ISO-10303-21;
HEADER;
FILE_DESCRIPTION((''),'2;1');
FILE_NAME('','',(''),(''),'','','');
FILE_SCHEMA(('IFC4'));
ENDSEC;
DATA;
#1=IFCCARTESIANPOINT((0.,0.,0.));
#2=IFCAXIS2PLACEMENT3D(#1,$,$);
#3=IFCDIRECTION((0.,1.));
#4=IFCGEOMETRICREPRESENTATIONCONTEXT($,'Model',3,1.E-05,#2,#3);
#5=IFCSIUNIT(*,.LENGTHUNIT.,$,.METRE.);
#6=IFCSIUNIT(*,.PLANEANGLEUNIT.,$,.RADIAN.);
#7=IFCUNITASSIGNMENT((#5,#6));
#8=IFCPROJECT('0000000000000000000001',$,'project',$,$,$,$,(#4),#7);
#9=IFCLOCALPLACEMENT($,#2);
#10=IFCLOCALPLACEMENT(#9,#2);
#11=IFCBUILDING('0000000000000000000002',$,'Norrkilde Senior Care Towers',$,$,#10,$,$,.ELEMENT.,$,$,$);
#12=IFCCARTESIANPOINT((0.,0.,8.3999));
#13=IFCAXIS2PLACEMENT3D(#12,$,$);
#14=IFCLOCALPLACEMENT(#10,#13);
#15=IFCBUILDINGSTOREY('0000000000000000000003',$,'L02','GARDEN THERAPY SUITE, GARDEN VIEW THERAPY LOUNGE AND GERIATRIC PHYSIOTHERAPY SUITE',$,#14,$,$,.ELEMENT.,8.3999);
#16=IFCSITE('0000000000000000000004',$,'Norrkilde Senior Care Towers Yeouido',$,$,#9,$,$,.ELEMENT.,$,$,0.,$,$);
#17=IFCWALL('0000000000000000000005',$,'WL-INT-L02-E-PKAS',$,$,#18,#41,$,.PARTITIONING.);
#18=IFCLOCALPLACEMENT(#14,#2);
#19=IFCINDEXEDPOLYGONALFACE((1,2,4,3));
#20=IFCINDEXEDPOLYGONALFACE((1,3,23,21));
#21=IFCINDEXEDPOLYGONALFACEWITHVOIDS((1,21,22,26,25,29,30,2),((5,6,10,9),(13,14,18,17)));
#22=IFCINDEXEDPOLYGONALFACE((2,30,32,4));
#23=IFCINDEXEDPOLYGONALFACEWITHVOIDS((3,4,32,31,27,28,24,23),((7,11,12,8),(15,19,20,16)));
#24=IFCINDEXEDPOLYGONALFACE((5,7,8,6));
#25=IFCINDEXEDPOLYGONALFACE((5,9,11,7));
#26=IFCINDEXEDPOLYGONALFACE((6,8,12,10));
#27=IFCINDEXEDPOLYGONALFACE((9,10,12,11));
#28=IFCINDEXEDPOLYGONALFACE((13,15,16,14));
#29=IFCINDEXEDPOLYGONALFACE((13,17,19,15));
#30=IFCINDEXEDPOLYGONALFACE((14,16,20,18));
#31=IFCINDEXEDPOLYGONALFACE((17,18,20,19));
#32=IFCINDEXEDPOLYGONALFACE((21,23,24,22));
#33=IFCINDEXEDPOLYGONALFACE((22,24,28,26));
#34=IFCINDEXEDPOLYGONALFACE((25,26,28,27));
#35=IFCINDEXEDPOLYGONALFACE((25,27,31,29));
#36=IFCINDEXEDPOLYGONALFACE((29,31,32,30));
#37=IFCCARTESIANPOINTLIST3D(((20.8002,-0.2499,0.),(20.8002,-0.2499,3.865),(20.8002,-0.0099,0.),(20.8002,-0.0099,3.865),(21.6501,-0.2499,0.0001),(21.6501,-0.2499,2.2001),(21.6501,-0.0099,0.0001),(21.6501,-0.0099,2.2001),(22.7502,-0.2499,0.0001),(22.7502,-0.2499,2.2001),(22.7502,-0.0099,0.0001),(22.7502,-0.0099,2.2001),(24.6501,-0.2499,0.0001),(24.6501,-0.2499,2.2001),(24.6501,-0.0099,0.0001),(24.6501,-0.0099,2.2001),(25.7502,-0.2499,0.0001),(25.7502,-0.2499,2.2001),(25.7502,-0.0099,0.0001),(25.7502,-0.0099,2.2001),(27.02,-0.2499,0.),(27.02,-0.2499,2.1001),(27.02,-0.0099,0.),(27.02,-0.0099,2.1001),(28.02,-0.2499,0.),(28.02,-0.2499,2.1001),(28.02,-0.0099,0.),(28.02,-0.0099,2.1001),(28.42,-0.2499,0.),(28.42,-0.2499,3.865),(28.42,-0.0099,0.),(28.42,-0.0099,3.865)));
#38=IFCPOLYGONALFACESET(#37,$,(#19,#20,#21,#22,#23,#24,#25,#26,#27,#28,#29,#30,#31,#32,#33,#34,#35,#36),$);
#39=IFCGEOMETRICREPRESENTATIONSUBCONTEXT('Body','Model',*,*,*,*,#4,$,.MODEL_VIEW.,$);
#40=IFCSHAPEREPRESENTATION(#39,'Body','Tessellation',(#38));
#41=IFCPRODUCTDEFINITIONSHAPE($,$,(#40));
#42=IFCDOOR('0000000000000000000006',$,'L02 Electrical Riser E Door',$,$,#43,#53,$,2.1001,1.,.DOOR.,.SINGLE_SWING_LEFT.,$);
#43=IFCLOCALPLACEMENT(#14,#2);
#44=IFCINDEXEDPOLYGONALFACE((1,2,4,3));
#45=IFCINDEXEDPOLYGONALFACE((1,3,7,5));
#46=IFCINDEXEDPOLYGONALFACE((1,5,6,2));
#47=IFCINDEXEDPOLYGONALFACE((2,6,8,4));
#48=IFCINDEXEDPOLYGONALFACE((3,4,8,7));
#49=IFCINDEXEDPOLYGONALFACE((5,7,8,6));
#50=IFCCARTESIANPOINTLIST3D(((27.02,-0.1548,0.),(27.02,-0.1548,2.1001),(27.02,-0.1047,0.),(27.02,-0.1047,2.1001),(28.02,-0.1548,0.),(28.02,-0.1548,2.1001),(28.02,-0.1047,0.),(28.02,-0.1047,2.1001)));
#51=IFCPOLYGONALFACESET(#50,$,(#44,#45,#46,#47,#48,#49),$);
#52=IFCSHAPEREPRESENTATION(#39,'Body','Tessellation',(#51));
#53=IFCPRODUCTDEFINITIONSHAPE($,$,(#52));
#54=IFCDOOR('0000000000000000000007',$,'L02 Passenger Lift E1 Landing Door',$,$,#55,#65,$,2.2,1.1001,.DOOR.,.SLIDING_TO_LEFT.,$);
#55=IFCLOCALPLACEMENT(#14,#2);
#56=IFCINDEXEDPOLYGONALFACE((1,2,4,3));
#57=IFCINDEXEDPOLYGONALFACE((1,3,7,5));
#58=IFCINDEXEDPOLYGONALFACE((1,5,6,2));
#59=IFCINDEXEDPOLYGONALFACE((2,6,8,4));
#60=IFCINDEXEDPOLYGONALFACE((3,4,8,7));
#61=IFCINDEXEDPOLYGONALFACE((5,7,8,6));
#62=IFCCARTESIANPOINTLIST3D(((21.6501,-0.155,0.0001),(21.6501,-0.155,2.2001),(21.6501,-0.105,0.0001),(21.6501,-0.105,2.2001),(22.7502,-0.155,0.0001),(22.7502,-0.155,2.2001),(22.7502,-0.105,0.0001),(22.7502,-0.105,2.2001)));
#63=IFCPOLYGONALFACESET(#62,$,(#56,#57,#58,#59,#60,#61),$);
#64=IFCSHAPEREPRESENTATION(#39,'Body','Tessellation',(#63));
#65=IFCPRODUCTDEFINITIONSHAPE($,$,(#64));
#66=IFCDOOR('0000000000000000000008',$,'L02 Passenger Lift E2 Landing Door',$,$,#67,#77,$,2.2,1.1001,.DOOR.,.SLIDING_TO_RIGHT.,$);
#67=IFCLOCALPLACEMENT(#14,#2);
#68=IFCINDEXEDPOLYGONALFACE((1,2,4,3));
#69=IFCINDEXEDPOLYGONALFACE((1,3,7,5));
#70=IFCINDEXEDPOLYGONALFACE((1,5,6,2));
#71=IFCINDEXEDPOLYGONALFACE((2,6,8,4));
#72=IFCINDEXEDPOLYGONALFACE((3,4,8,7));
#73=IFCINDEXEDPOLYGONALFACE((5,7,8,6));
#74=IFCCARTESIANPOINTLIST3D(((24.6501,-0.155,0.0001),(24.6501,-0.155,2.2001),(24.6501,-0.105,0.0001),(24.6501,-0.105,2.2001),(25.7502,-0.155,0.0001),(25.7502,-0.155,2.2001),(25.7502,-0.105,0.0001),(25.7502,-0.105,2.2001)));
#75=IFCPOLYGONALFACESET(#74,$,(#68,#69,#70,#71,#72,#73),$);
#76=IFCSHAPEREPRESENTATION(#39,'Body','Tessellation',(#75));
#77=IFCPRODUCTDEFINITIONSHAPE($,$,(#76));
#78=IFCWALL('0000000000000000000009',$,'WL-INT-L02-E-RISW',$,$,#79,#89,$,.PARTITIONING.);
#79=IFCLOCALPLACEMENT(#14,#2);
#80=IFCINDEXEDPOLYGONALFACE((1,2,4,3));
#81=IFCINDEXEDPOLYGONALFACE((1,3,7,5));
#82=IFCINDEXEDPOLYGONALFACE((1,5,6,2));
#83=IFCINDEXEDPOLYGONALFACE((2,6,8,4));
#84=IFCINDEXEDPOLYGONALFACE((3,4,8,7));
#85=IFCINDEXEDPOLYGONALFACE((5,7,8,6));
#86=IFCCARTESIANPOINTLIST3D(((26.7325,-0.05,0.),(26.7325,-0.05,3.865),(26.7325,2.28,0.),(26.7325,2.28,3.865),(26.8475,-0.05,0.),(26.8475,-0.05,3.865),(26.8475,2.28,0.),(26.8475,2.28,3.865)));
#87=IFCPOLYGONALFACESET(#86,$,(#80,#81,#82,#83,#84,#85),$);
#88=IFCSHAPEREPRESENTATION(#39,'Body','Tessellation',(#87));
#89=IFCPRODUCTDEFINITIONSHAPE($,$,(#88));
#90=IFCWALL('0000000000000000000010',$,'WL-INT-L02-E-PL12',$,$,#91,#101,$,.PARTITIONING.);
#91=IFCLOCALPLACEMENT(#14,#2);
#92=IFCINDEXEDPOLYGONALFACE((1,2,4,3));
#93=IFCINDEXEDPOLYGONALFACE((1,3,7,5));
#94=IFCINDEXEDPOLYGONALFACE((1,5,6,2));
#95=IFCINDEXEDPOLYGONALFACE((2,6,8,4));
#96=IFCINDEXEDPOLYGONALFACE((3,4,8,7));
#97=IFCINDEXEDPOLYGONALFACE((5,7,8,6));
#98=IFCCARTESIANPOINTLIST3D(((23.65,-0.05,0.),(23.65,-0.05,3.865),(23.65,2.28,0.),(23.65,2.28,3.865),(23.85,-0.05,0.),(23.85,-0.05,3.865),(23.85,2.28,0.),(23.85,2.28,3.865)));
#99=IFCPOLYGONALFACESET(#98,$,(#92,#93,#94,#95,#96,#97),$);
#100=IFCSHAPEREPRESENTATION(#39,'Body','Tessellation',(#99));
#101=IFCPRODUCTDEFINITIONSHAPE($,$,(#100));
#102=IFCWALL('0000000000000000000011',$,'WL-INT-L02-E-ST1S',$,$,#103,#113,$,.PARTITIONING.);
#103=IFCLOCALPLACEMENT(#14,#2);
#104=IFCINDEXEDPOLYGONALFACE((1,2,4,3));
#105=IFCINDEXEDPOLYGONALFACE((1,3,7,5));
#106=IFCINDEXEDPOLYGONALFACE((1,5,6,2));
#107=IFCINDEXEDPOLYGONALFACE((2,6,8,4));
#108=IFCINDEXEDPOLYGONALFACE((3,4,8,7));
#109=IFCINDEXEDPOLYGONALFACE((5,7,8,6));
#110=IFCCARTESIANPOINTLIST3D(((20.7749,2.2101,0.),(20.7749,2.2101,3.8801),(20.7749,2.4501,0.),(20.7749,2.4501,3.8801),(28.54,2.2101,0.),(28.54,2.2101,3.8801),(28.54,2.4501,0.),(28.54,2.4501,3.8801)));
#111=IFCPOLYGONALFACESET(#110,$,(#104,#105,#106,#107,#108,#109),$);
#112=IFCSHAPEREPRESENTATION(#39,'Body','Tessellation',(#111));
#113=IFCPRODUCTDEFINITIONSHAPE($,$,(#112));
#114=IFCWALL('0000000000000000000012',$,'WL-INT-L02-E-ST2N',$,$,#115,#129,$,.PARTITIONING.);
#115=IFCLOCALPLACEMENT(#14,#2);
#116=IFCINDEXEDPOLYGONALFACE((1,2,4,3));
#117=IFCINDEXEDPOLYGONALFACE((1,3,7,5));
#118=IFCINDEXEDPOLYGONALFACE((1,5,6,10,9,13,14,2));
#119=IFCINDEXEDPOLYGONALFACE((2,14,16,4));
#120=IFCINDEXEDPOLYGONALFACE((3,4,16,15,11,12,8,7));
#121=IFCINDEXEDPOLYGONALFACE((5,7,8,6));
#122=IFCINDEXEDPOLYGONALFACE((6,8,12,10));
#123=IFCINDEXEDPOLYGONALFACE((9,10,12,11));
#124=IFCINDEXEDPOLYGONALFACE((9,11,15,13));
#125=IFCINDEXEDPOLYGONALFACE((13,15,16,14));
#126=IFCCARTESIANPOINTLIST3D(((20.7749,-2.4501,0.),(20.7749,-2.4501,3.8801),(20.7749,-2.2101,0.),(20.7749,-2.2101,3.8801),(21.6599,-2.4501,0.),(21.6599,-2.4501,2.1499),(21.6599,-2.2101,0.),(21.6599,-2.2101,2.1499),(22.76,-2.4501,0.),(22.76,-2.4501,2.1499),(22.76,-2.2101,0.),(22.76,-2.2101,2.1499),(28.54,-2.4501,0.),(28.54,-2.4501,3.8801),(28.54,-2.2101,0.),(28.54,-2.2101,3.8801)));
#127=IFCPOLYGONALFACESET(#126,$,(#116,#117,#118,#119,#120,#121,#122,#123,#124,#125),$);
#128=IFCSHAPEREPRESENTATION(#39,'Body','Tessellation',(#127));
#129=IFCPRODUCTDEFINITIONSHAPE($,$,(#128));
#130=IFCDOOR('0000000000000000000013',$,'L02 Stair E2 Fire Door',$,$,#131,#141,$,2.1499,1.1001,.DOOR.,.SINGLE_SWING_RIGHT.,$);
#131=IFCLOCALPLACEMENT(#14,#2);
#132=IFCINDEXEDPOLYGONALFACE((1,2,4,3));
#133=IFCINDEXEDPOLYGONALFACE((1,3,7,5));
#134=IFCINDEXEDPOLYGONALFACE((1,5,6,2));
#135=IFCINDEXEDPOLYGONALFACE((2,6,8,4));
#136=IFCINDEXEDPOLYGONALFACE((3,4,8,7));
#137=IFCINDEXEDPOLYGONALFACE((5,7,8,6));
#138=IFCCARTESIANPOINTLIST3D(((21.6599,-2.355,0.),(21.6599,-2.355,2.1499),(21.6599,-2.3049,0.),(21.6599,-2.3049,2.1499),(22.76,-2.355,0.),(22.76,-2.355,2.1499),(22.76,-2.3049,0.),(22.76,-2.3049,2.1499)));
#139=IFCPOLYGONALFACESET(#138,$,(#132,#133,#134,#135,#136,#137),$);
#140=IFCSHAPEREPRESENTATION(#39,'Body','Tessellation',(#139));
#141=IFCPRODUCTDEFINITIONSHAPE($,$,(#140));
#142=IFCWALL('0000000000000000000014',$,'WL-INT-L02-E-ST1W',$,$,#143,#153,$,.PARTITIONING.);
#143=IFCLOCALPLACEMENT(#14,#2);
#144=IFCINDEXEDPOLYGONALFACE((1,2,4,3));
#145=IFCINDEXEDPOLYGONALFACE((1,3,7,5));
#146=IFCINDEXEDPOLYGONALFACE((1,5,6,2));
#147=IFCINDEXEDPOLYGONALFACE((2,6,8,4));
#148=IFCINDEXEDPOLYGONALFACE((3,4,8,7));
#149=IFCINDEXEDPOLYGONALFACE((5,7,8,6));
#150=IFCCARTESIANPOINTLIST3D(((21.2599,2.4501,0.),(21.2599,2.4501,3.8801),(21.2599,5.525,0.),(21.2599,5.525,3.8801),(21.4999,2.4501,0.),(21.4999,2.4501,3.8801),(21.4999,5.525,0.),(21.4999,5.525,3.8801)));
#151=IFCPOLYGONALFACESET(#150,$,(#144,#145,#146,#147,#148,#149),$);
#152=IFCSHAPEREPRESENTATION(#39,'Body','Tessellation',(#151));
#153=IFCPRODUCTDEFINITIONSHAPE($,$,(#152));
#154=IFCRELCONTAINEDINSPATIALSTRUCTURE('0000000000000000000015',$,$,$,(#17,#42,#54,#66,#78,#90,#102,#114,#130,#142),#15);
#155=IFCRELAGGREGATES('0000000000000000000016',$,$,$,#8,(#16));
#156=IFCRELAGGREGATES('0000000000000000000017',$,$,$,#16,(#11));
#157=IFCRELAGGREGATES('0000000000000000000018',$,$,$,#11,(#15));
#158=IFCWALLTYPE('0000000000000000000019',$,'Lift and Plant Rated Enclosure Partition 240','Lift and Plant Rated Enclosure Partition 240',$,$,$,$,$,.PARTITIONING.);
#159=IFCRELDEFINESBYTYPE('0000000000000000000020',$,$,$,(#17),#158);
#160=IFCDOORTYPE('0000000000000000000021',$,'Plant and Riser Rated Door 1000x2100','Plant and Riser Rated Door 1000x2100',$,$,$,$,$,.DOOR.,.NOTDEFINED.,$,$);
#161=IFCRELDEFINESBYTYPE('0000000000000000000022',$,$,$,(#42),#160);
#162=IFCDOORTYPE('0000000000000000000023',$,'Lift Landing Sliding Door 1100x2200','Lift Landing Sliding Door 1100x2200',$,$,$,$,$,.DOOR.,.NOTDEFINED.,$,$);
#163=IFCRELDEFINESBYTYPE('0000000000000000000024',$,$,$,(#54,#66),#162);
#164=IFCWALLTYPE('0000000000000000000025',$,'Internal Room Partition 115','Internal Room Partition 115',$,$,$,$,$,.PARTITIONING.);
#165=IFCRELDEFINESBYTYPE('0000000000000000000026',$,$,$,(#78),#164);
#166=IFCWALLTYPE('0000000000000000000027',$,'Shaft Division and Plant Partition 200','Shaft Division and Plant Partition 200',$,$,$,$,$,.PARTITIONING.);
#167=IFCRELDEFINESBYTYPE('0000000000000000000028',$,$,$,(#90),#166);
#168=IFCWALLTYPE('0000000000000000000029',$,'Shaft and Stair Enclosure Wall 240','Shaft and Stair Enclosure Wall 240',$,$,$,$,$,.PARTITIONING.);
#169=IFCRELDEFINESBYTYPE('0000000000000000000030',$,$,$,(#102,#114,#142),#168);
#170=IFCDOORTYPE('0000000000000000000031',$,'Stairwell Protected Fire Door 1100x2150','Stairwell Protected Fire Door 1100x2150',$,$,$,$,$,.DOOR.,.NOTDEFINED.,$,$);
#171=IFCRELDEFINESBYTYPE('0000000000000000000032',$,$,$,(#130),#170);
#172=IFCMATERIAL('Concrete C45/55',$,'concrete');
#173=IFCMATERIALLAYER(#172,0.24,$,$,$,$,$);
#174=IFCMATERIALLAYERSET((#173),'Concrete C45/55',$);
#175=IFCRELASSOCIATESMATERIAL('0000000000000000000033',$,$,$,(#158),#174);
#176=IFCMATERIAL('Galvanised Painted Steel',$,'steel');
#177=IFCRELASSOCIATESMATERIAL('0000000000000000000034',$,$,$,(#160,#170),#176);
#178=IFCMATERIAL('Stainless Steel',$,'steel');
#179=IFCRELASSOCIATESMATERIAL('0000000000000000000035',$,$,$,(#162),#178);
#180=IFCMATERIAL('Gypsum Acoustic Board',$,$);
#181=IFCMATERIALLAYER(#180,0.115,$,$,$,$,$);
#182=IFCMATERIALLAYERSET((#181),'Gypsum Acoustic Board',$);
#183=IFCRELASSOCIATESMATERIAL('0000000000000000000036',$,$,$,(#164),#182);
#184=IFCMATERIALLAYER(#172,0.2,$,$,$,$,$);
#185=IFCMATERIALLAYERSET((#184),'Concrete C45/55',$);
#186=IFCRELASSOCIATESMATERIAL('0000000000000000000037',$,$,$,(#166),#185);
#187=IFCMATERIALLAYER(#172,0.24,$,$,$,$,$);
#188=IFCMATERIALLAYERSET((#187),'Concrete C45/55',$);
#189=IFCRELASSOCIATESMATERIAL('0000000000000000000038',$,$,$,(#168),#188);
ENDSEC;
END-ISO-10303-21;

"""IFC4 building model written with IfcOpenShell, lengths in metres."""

from ifc_helpers import new_model, si_unit, direction, frame, frame_2d, origin, place, context, subcontext, project, spatial, rectangle, extrude, source, transform, mapped, material, layer, layer_set, type_object, type_shapes, element, fill, save


model = new_model("IFC4")

# Units and contexts
model_context = context("Model", 3, precision=1e-05, world=origin(), true_north=direction((0.0, 1.0)))
body_context = subcontext(model_context, "Body", "Model", "MODEL_VIEW")
ifc_project = project(units=[si_unit("LENGTHUNIT", "METRE"), si_unit("PLANEANGLEUNIT", "RADIAN")], contexts=[model_context])

# Site, building, storey
site_placement = place(None, origin())
site = spatial("IfcSite", under=ifc_project, at=site_placement, Name="Norrkilde Senior Care Towers Yeouido", CompositionType="ELEMENT", RefElevation=0.0)
building_placement = place(site_placement, origin())
building = spatial("IfcBuilding", under=site, at=building_placement, Name="Norrkilde Senior Care Towers", CompositionType="ELEMENT")
storey_placement = place(building_placement, frame((0.0, 0.0, 8.3999)))
storey = spatial("IfcBuildingStorey", under=building, at=storey_placement, Name="L02", Description="GARDEN THERAPY SUITE, GARDEN VIEW THERAPY LOUNGE AND GERIATRIC PHYSIOTHERAPY SUITE", CompositionType="ELEMENT", Elevation=8.3999)

# Wall, openings, doors
ifc_material_1 = material(Name="Concrete C45/55", Category="concrete")
ifc_layer_1 = layer(ifc_material_1, 0.24)
ifc_layer_set_1 = layer_set([ifc_layer_1], Name="Concrete C45/55")
wall_type_1 = type_object("IfcWallType", Name="Lift and Plant Rated Enclosure Partition 240", Description="Lift and Plant Rated Enclosure Partition 240", PredefinedType="PARTITIONING", material=ifc_layer_set_1)
shared_shape_1 = source(origin(), body_context, "Body", "SweptSolid", [
    extrude(rectangle(XDim=7.6199, YDim=0.24, at=frame_2d((3.8101, 0.0))), origin(), (0.0, 0.0, 1.0), 3.865),
])
type_shapes(wall_type_1, [shared_shape_1])
wall_1_placement = place(storey_placement, frame((20.8, -0.1299, 0.0), z_axis=(0.0, 0.0, 1.0), x_axis=(1.0, 0.0, 0.0)))
wall_1 = element("IfcWall", 1, at=wall_1_placement, inside=storey, type_object=wall_type_1, Name="WL-INT-L02-E-PKAS", PredefinedType="PARTITIONING", context=body_context, shape_type="MappedRepresentation", body=[
    mapped(shared_shape_1, transform((0.0, 0.0, 0.0), x_axis=(1.0, 0.0, 0.0), y_axis=(0.0, 1.0, 0.0), z_axis=(0.0, 0.0, 1.0), scale=1.0)),
])
opening_1_placement = place(wall_1_placement, frame((6.22, 0.0, 0.0)))
opening_1 = element("IfcOpeningElement", 2, at=opening_1_placement, cuts=wall_1, PredefinedType="OPENING", context=body_context, shape_type="SweptSolid", body=[
    extrude(rectangle(XDim=1.0, YDim=2.1001, at=frame_2d((0.5, 1.05))), frame((0.0, 0.1299, 0.0), z_axis=(0.0, -1.0, 0.0), x_axis=(1.0, 0.0, 0.0)), (0.0, 0.0, 1.0), 0.26),
])
opening_2_placement = place(wall_1_placement, frame((0.8501, 0.0, 0.0)))
opening_2 = element("IfcOpeningElement", 3, at=opening_2_placement, cuts=wall_1, PredefinedType="OPENING", context=body_context, shape_type="SweptSolid", body=[
    extrude(rectangle(XDim=1.1001, YDim=2.2, at=frame_2d((0.55, 1.1001))), frame((0.0, 0.1299, 0.0), z_axis=(0.0, -1.0, 0.0), x_axis=(1.0, 0.0, 0.0)), (0.0, 0.0, 1.0), 0.26),
])
opening_3_placement = place(wall_1_placement, frame((3.8501, 0.0, 0.0)))
opening_3 = element("IfcOpeningElement", 4, at=opening_3_placement, cuts=wall_1, PredefinedType="OPENING", context=body_context, shape_type="SweptSolid", body=[
    extrude(rectangle(XDim=1.1001, YDim=2.2, at=frame_2d((0.55, 1.1001))), frame((0.0, 0.1299, 0.0), z_axis=(0.0, -1.0, 0.0), x_axis=(1.0, 0.0, 0.0)), (0.0, 0.0, 1.0), 0.26),
])
ifc_material_2 = material(Name="Galvanised Painted Steel", Category="steel")
door_type_1 = type_object("IfcDoorType", Name="Plant and Riser Rated Door 1000x2100", Description="Plant and Riser Rated Door 1000x2100", OperationType="NOTDEFINED", PredefinedType="DOOR", material=ifc_material_2)
shared_shape_2 = source(origin(), body_context, "Body", "SweptSolid", [
    extrude(rectangle(XDim=1.0, YDim=2.1001, at=frame_2d((0.5, 1.05))), frame((0.0, 0.0249, 0.0), z_axis=(0.0, -1.0, 0.0), x_axis=(1.0, 0.0, 0.0)), (0.0, 0.0, 1.0), 0.05),
])
type_shapes(door_type_1, [shared_shape_2])
door_1_placement = place(opening_1_placement, frame((1.0, 0.0, 0.0), z_axis=(0.0, 0.0, 1.0), x_axis=(-1.0, 0.0, 0.0)))
door_1 = element("IfcDoor", 5, at=door_1_placement, inside=storey, type_object=door_type_1, Name="L02 Electrical Riser E Door", OperationType="SINGLE_SWING_LEFT", OverallHeight=2.1001, OverallWidth=1.0, PredefinedType="DOOR", context=body_context, shape_type="MappedRepresentation", body=[
    mapped(shared_shape_2, transform((0.0, 0.0, 0.0), x_axis=(1.0, 0.0, 0.0), y_axis=(0.0, 1.0, 0.0), z_axis=(0.0, 0.0, 1.0), scale=1.0)),
])
fill(opening_1, door_1)
ifc_material_3 = material(Name="Stainless Steel", Category="steel")
door_type_2 = type_object("IfcDoorType", Name="Lift Landing Sliding Door 1100x2200", Description="Lift Landing Sliding Door 1100x2200", OperationType="NOTDEFINED", PredefinedType="DOOR", material=ifc_material_3)
shared_shape_3 = source(origin(), body_context, "Body", "SweptSolid", [
    extrude(rectangle(XDim=1.1001, YDim=2.2, at=frame_2d((0.55, 1.1001))), frame((0.0, 0.0249, 0.0), z_axis=(0.0, -1.0, 0.0), x_axis=(1.0, 0.0, 0.0)), (0.0, 0.0, 1.0), 0.05),
])
type_shapes(door_type_2, [shared_shape_3])
door_2_placement = place(opening_2_placement, origin())
door_2 = element("IfcDoor", 6, at=door_2_placement, inside=storey, type_object=door_type_2, Name="L02 Passenger Lift E1 Landing Door", OperationType="SLIDING_TO_LEFT", OverallHeight=2.2, OverallWidth=1.1001, PredefinedType="DOOR", context=body_context, shape_type="MappedRepresentation", body=[
    mapped(shared_shape_3, transform((0.0, 0.0, 0.0), x_axis=(1.0, 0.0, 0.0), y_axis=(0.0, 1.0, 0.0), z_axis=(0.0, 0.0, 1.0), scale=1.0)),
])
fill(opening_2, door_2)
door_3_placement = place(opening_3_placement, origin())
door_3 = element("IfcDoor", 7, at=door_3_placement, inside=storey, type_object=door_type_2, Name="L02 Passenger Lift E2 Landing Door", OperationType="SLIDING_TO_RIGHT", OverallHeight=2.2, OverallWidth=1.1001, PredefinedType="DOOR", context=body_context, shape_type="MappedRepresentation", body=[
    mapped(shared_shape_3, transform((0.0, 0.0, 0.0), x_axis=(1.0, 0.0, 0.0), y_axis=(0.0, 1.0, 0.0), z_axis=(0.0, 0.0, 1.0), scale=1.0)),
])
fill(opening_3, door_3)

# Walls
ifc_material_4 = material(Name="Gypsum Acoustic Board")
ifc_layer_2 = layer(ifc_material_4, 0.115)
ifc_layer_set_2 = layer_set([ifc_layer_2], Name="Gypsum Acoustic Board")
wall_type_2 = type_object("IfcWallType", Name="Internal Room Partition 115", Description="Internal Room Partition 115", PredefinedType="PARTITIONING", material=ifc_layer_set_2)
shared_shape_4 = source(origin(), body_context, "Body", "SweptSolid", [
    extrude(rectangle(XDim=2.3301, YDim=0.115, at=frame_2d((1.165, 0.0))), origin(), (0.0, 0.0, 1.0), 3.865),
])
type_shapes(wall_type_2, [shared_shape_4])
wall_2_placement = place(storey_placement, frame((26.79, -0.05, 0.0), z_axis=(0.0, 0.0, 1.0), x_axis=(0.0, 1.0, 0.0)))
element("IfcWall", 8, at=wall_2_placement, inside=storey, type_object=wall_type_2, Name="WL-INT-L02-E-RISW", PredefinedType="PARTITIONING", context=body_context, shape_type="MappedRepresentation", body=[
    mapped(shared_shape_4, transform((0.0, 0.0, 0.0), x_axis=(1.0, 0.0, 0.0), y_axis=(0.0, 1.0, 0.0), z_axis=(0.0, 0.0, 1.0), scale=1.0)),
])
ifc_layer_3 = layer(ifc_material_1, 0.2)
ifc_layer_set_3 = layer_set([ifc_layer_3], Name="Concrete C45/55")
wall_type_3 = type_object("IfcWallType", Name="Shaft Division and Plant Partition 200", Description="Shaft Division and Plant Partition 200", PredefinedType="PARTITIONING", material=ifc_layer_set_3)
shared_shape_5 = source(origin(), body_context, "Body", "SweptSolid", [
    extrude(rectangle(XDim=2.3301, YDim=0.2, at=frame_2d((1.165, 0.0))), origin(), (0.0, 0.0, 1.0), 3.865),
])
type_shapes(wall_type_3, [shared_shape_5])
wall_3_placement = place(storey_placement, frame((23.75, -0.05, 0.0), z_axis=(0.0, 0.0, 1.0), x_axis=(0.0, 1.0, 0.0)))
element("IfcWall", 9, at=wall_3_placement, inside=storey, type_object=wall_type_3, Name="WL-INT-L02-E-PL12", PredefinedType="PARTITIONING", context=body_context, shape_type="MappedRepresentation", body=[
    mapped(shared_shape_5, transform((0.0, 0.0, 0.0), x_axis=(1.0, 0.0, 0.0), y_axis=(0.0, 1.0, 0.0), z_axis=(0.0, 0.0, 1.0), scale=1.0)),
])
ifc_layer_4 = layer(ifc_material_1, 0.24)
ifc_layer_set_4 = layer_set([ifc_layer_4], Name="Concrete C45/55")
wall_type_4 = type_object("IfcWallType", Name="Shaft and Stair Enclosure Wall 240", Description="Shaft and Stair Enclosure Wall 240", PredefinedType="PARTITIONING", material=ifc_layer_set_4)
shared_shape_6 = source(origin(), body_context, "Body", "SweptSolid", [
    extrude(rectangle(XDim=7.7651, YDim=0.24, at=frame_2d((3.8826, 0.0))), origin(), (0.0, 0.0, 1.0), 3.8801),
])
wall_4_placement = place(storey_placement, frame((20.7749, 2.3301, 0.0), z_axis=(0.0, 0.0, 1.0), x_axis=(1.0, 0.0, 0.0)))
element("IfcWall", 10, at=wall_4_placement, inside=storey, type_object=wall_type_4, Name="WL-INT-L02-E-ST1S", PredefinedType="PARTITIONING", context=body_context, shape_type="MappedRepresentation", body=[
    mapped(shared_shape_6, transform((0.0, 0.0, 0.0), x_axis=(1.0, 0.0, 0.0), y_axis=(0.0, 1.0, 0.0), z_axis=(0.0, 0.0, 1.0), scale=1.0)),
])

# Wall, opening, door
wall_5_placement = place(storey_placement, frame((20.7749, -2.3301, 0.0), z_axis=(0.0, 0.0, 1.0), x_axis=(1.0, 0.0, 0.0)))
wall_5 = element("IfcWall", 11, at=wall_5_placement, inside=storey, type_object=wall_type_4, Name="WL-INT-L02-E-ST2N", PredefinedType="PARTITIONING", context=body_context, shape_type="MappedRepresentation", body=[
    mapped(shared_shape_6, transform((0.0, 0.0, 0.0), x_axis=(1.0, 0.0, 0.0), y_axis=(0.0, 1.0, 0.0), z_axis=(0.0, 0.0, 1.0), scale=1.0)),
])
opening_4_placement = place(wall_5_placement, frame((0.885, 0.0, 0.0)))
opening_4 = element("IfcOpeningElement", 12, at=opening_4_placement, cuts=wall_5, PredefinedType="OPENING", context=body_context, shape_type="SweptSolid", body=[
    extrude(rectangle(XDim=1.1001, YDim=2.1499, at=frame_2d((0.55, 1.075))), frame((0.0, 0.1299, 0.0), z_axis=(0.0, -1.0, 0.0), x_axis=(1.0, 0.0, 0.0)), (0.0, 0.0, 1.0), 0.26),
])
door_type_3 = type_object("IfcDoorType", Name="Stairwell Protected Fire Door 1100x2150", Description="Stairwell Protected Fire Door 1100x2150", OperationType="NOTDEFINED", PredefinedType="DOOR", material=ifc_material_2)
shared_shape_7 = source(origin(), body_context, "Body", "SweptSolid", [
    extrude(rectangle(XDim=1.1001, YDim=2.1499, at=frame_2d((0.55, 1.075))), frame((0.0, 0.0249, 0.0), z_axis=(0.0, -1.0, 0.0), x_axis=(1.0, 0.0, 0.0)), (0.0, 0.0, 1.0), 0.05),
])
type_shapes(door_type_3, [shared_shape_7])
door_4_placement = place(opening_4_placement, frame((1.1001, 0.0, 0.0), z_axis=(0.0, 0.0, 1.0), x_axis=(-1.0, 0.0, 0.0)))
door_4 = element("IfcDoor", 13, at=door_4_placement, inside=storey, type_object=door_type_3, Name="L02 Stair E2 Fire Door", OperationType="SINGLE_SWING_RIGHT", OverallHeight=2.1499, OverallWidth=1.1001, PredefinedType="DOOR", context=body_context, shape_type="MappedRepresentation", body=[
    mapped(shared_shape_7, transform((0.0, 0.0, 0.0), x_axis=(1.0, 0.0, 0.0), y_axis=(0.0, 1.0, 0.0), z_axis=(0.0, 0.0, 1.0), scale=1.0)),
])
fill(opening_4, door_4)

# Wall
shared_shape_8 = source(origin(), body_context, "Body", "SweptSolid", [
    extrude(rectangle(XDim=3.075, YDim=0.24, at=frame_2d((1.5376, 0.0))), origin(), (0.0, 0.0, 1.0), 3.8801),
])
type_shapes(wall_type_4, [shared_shape_6, shared_shape_8])
wall_6_placement = place(storey_placement, frame((21.3799, 2.45, 0.0), z_axis=(0.0, 0.0, 1.0), x_axis=(0.0, 1.0, 0.0)))
element("IfcWall", 14, at=wall_6_placement, inside=storey, type_object=wall_type_4, Name="WL-INT-L02-E-ST1W", PredefinedType="PARTITIONING", context=body_context, shape_type="MappedRepresentation", body=[
    mapped(shared_shape_8, transform((0.0, 0.0, 0.0), x_axis=(1.0, 0.0, 0.0), y_axis=(0.0, 1.0, 0.0), z_axis=(0.0, 0.0, 1.0), scale=1.0)),
])

save(model, "model.ifc")
